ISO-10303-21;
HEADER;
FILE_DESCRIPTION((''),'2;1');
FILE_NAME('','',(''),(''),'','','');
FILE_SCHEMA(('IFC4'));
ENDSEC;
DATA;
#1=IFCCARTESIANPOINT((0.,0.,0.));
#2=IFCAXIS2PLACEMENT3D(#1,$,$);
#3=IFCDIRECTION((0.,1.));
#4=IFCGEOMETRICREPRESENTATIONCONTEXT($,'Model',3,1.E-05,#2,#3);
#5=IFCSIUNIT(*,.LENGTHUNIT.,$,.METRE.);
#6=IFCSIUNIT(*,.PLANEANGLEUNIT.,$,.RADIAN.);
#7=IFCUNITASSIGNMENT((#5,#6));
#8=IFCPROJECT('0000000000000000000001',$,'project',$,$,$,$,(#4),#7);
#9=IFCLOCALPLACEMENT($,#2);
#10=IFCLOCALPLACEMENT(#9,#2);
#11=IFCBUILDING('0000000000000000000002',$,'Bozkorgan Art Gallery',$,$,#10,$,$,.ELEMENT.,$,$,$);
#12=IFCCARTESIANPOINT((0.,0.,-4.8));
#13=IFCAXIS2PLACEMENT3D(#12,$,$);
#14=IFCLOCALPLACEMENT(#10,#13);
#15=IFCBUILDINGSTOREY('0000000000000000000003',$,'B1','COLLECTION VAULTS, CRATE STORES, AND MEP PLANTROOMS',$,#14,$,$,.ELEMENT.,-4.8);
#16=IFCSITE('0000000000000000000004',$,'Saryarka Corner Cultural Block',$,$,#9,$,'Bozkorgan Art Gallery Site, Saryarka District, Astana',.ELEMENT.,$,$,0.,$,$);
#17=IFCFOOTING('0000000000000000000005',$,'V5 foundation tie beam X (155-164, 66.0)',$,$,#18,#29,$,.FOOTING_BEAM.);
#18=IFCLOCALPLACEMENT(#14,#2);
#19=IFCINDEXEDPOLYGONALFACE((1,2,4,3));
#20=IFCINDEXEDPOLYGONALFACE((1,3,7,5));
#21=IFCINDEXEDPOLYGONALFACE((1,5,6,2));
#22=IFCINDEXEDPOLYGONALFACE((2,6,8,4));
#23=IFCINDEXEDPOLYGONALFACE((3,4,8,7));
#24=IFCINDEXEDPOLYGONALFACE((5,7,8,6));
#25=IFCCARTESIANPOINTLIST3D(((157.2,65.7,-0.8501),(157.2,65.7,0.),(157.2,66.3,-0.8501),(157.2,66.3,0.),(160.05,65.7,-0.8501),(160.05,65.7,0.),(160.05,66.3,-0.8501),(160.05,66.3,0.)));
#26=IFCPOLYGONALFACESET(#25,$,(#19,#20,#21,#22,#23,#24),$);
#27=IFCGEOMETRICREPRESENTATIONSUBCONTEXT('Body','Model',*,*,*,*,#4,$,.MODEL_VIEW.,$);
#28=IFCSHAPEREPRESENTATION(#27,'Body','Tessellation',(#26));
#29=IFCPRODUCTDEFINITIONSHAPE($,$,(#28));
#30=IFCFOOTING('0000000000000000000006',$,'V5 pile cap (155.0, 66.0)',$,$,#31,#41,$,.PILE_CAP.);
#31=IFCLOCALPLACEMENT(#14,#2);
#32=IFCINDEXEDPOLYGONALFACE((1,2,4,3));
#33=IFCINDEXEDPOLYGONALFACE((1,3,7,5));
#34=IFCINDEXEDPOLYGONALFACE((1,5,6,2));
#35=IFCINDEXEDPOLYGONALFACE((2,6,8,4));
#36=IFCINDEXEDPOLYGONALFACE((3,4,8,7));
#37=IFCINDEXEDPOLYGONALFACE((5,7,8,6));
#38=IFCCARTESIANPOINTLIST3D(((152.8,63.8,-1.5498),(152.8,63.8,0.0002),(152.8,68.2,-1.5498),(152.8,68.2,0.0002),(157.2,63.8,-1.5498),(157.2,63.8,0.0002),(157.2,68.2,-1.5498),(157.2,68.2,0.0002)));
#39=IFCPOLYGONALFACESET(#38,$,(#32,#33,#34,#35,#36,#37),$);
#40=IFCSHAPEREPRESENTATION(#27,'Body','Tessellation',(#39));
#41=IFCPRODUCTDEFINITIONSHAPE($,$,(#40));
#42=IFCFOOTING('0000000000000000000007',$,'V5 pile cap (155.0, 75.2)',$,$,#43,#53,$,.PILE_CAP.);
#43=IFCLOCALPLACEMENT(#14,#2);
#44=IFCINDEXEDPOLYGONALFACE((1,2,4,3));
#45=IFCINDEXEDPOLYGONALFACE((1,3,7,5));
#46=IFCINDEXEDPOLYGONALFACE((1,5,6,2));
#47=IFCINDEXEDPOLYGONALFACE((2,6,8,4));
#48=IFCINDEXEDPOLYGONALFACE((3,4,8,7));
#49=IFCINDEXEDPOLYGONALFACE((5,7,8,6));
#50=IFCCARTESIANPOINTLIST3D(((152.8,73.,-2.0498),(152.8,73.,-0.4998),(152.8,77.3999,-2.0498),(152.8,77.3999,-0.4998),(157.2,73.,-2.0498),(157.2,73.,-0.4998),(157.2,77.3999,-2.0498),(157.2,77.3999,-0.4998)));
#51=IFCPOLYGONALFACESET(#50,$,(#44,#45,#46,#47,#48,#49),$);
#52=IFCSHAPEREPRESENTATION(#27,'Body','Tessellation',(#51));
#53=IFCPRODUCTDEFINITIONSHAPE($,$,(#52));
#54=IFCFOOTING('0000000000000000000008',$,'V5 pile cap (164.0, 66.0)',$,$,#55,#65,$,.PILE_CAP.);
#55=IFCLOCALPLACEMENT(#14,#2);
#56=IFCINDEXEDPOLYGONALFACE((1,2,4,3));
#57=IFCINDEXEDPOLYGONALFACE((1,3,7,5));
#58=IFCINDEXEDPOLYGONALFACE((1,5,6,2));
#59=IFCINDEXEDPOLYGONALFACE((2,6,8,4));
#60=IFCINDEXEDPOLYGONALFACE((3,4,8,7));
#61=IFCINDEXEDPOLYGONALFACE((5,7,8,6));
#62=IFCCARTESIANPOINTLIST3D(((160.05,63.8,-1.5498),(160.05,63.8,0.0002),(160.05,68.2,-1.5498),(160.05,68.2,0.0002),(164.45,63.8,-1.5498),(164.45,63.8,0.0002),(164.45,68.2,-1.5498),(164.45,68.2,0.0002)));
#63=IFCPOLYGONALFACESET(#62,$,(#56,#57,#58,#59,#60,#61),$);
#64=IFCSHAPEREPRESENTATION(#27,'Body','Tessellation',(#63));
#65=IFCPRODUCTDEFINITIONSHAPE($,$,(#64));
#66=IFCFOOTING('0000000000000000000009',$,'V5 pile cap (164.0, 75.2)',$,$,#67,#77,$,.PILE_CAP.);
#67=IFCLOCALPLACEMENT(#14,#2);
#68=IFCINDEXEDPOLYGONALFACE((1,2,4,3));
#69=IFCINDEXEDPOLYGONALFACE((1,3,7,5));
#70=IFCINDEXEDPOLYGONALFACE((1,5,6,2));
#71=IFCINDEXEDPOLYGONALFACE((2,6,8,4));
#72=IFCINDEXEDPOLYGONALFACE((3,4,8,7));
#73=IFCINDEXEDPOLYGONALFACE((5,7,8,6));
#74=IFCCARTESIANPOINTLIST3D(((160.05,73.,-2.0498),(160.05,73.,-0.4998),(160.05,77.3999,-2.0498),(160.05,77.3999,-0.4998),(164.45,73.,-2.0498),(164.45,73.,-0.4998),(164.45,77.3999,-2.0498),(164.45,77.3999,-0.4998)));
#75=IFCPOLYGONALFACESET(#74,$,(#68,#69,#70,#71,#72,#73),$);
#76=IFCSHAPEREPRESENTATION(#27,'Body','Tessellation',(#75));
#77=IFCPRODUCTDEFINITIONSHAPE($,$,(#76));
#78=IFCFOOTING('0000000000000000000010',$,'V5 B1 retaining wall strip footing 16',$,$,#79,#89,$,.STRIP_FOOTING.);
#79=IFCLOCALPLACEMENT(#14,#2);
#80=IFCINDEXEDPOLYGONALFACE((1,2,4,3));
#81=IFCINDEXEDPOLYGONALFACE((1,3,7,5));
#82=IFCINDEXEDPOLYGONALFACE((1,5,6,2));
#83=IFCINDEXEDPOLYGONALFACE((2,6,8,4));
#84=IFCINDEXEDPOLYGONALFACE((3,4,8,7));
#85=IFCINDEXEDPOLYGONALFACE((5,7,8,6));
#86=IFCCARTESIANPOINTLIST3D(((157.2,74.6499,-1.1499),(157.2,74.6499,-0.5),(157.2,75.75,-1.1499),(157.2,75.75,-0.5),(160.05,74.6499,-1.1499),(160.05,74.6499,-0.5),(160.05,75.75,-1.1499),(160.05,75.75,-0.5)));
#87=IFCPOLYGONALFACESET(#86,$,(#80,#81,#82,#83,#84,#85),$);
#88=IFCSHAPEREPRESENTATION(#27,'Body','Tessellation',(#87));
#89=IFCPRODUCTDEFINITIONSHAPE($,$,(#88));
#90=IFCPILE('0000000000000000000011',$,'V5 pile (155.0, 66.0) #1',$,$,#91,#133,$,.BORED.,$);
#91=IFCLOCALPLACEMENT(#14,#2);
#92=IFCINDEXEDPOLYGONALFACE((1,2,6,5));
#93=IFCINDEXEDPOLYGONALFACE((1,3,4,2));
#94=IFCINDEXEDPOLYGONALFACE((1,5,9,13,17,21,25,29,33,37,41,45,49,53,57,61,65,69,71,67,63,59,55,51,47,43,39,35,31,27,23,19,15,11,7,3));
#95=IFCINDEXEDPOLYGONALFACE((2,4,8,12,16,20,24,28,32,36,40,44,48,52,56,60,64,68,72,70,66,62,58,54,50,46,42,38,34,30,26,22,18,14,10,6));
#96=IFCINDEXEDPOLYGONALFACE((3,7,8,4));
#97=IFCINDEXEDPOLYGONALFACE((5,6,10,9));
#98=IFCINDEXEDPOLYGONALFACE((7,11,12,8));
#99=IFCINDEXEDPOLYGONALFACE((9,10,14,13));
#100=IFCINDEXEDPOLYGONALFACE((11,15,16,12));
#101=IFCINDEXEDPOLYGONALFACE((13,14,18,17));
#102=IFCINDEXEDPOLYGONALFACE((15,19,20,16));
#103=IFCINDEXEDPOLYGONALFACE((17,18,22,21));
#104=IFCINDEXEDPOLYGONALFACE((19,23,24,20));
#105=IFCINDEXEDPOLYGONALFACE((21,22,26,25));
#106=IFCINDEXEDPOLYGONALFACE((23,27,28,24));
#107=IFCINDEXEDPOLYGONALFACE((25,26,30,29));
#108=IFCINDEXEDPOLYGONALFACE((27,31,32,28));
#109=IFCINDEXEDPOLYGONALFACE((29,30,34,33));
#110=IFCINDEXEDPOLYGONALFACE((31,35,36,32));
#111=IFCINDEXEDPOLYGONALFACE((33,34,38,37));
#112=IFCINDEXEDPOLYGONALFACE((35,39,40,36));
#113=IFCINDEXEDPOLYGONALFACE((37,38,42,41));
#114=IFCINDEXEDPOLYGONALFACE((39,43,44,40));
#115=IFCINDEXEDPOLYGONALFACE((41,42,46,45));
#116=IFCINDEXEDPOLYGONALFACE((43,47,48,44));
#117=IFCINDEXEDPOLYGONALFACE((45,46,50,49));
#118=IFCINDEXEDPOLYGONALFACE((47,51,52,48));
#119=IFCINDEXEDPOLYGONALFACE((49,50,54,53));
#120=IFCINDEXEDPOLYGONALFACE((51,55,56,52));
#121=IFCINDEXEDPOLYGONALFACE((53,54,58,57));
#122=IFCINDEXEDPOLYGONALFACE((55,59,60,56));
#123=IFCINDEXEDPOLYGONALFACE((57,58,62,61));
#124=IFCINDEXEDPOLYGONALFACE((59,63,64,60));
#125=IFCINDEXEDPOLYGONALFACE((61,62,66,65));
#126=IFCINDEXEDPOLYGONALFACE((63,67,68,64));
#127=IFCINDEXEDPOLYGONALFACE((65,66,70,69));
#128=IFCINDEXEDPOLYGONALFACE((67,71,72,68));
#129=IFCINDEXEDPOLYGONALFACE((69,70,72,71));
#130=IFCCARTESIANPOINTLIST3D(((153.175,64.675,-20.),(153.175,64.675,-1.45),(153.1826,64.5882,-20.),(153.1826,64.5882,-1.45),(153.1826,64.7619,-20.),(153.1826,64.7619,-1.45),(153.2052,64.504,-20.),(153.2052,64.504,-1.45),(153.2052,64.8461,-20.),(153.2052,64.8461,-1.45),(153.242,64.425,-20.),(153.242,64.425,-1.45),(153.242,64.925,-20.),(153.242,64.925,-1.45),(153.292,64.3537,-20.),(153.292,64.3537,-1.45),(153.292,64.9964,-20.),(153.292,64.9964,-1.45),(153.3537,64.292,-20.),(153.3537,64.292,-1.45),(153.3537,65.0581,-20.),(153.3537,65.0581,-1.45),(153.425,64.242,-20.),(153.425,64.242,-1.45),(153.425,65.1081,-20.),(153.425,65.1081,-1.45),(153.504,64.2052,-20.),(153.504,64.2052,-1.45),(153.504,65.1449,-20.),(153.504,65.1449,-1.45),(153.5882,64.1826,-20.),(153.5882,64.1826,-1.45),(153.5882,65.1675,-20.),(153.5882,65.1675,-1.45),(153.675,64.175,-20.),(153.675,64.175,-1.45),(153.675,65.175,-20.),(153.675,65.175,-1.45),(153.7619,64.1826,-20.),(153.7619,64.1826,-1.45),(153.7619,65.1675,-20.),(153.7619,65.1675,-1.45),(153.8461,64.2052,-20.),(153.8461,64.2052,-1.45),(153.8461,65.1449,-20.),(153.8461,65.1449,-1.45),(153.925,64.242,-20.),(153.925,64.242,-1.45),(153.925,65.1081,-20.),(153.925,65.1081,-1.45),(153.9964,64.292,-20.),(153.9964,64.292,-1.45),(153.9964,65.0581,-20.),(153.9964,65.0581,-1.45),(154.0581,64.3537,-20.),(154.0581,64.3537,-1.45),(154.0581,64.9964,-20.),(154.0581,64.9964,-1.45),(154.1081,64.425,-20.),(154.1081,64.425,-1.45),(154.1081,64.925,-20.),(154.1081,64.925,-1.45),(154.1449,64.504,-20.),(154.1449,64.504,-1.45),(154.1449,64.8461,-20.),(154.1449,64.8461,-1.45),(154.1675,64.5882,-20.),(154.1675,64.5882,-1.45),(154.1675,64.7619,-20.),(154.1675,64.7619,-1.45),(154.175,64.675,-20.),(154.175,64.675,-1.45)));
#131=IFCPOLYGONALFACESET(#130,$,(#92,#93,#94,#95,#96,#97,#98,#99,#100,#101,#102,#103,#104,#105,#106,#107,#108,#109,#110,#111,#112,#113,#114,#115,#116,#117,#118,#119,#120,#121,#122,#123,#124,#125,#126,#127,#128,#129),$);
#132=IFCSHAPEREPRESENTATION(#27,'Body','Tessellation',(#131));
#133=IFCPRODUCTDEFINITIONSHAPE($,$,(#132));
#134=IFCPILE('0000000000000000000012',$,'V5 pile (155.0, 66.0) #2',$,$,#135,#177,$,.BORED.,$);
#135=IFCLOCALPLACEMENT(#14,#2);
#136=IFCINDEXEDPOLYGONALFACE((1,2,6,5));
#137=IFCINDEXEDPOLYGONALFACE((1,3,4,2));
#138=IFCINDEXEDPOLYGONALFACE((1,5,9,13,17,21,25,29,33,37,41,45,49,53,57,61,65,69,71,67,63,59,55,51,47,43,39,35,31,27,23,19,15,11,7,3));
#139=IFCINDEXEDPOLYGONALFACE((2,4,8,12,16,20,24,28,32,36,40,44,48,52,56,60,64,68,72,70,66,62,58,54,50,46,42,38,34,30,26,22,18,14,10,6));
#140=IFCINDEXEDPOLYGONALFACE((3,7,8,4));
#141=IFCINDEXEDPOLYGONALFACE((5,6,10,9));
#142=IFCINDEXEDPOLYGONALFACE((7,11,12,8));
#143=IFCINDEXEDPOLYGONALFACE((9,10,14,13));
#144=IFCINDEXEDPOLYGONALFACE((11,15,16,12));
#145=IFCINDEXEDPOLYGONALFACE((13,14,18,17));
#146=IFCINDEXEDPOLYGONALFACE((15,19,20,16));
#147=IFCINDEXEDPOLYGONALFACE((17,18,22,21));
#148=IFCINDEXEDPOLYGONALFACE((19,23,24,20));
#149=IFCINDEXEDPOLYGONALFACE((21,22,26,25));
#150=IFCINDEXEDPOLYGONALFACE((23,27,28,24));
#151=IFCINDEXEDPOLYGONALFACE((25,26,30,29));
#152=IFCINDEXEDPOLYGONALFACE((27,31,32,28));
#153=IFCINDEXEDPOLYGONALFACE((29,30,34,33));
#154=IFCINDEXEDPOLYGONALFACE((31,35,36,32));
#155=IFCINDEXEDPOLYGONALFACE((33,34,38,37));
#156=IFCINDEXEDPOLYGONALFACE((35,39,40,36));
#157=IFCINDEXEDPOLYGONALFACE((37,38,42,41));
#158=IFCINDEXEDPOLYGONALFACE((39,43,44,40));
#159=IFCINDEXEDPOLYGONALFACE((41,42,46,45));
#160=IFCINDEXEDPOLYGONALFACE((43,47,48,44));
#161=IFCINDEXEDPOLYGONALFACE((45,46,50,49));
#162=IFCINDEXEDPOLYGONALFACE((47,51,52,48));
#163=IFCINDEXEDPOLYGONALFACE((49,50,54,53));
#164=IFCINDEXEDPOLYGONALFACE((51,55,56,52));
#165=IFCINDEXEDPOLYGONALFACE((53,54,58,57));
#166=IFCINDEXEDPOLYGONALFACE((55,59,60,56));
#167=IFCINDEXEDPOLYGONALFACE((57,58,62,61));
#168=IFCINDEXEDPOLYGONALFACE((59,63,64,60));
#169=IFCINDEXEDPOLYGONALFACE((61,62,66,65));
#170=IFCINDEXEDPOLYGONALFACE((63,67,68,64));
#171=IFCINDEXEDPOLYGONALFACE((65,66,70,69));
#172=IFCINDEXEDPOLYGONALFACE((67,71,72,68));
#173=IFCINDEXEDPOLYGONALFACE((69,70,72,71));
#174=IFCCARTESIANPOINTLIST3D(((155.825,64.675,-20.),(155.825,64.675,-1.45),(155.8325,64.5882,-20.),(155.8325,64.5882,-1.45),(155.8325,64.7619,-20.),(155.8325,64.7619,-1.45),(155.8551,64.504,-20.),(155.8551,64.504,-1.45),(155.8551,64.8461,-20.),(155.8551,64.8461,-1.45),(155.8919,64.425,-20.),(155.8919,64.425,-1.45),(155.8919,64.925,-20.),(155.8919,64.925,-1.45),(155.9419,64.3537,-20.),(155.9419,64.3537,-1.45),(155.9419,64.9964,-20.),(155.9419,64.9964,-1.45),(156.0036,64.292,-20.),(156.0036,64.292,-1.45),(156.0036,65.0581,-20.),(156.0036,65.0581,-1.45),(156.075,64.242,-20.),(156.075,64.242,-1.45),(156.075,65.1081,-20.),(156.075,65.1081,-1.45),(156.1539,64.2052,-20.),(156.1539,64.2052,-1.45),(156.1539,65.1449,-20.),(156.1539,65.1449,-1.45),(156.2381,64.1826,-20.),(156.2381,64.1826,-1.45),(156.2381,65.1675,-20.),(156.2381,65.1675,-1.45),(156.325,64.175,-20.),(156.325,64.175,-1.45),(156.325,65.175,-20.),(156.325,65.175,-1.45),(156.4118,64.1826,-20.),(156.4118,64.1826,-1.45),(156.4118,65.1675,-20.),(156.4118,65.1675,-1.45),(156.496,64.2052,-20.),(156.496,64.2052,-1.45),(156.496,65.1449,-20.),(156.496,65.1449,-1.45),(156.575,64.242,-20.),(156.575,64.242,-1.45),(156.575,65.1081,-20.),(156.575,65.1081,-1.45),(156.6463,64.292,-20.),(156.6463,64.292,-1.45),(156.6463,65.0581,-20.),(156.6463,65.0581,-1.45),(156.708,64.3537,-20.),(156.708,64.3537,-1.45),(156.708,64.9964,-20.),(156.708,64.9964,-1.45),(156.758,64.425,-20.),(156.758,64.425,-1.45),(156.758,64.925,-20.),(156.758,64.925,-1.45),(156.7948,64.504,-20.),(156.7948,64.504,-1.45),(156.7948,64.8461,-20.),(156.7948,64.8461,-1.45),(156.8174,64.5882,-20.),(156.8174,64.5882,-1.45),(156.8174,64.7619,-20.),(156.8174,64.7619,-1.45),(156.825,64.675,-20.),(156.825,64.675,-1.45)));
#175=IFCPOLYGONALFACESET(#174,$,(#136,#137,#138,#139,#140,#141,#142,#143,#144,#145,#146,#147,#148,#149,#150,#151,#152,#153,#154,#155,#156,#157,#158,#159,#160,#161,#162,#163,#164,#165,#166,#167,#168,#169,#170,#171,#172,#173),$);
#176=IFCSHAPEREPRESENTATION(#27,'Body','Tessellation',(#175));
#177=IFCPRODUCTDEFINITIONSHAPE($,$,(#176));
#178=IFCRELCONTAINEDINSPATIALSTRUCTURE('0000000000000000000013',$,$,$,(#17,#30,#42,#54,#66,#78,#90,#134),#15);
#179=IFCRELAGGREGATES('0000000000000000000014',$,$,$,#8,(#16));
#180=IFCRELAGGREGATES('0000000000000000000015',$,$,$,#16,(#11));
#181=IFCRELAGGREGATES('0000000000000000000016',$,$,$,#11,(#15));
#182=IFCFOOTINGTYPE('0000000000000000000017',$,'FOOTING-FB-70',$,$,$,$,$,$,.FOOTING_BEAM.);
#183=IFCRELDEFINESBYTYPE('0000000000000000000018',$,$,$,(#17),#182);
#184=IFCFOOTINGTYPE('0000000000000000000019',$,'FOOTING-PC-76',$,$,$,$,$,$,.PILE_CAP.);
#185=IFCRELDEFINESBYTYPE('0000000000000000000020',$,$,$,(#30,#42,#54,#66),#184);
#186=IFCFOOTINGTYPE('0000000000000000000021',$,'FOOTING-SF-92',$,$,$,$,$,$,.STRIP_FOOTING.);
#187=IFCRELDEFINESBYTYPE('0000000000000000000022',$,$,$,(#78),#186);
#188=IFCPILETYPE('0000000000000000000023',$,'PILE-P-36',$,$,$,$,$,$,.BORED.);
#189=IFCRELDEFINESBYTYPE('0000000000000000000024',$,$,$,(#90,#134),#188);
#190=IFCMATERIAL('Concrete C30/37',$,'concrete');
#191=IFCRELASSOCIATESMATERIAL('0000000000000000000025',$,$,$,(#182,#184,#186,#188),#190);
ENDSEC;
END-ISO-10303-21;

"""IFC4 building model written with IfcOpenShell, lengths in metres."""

from ifc_helpers import new_model, si_unit, direction, frame, origin, origin_2d, place, context, subcontext, project, spatial, rectangle, circle, extrude, material, material_profile, profile_set, type_object, element, save


model = new_model("IFC4")

# Units and contexts
model_context = context("Model", 3, precision=1e-05, world=origin(), true_north=direction((0.0, 1.0)))
body_context = subcontext(model_context, "Body", "Model", "MODEL_VIEW")
ifc_project = project(units=[si_unit("LENGTHUNIT", "METRE"), si_unit("PLANEANGLEUNIT", "RADIAN")], contexts=[model_context])

# Site, building, storey
site_placement = place(None, origin())
site = spatial("IfcSite", under=ifc_project, at=site_placement, Name="Saryarka Corner Cultural Block", LongName="Bozkorgan Art Gallery Site, Saryarka District, Astana", CompositionType="ELEMENT", RefElevation=0.0)
building_placement = place(site_placement, origin())
building = spatial("IfcBuilding", under=site, at=building_placement, Name="Bozkorgan Art Gallery", CompositionType="ELEMENT")
storey_placement = place(building_placement, frame((0.0, 0.0, -4.8)))
storey = spatial("IfcBuildingStorey", under=building, at=storey_placement, Name="B1", Description="COLLECTION VAULTS, CRATE STORES, AND MEP PLANTROOMS", CompositionType="ELEMENT", Elevation=-4.8)

# Footings
ifc_material_1 = material(Name="Concrete C30/37", Category="concrete")
ifc_material_profile_1 = material_profile(ifc_material_1, rectangle(XDim=0.6001, YDim=0.8501, at=origin_2d()), Name="FND 600x850")
ifc_profile_set_1 = profile_set([ifc_material_profile_1], Name="Concrete C30/37")
footing_type_1 = type_object("IfcFootingType", Name="FOOTING-FB-70", PredefinedType="FOOTING_BEAM", material=ifc_profile_set_1)
footing_1_placement = place(storey_placement, frame((157.2, 66.0, -0.425), z_axis=(1.0, 0.0, 0.0), x_axis=(0.0, 1.0, 0.0)))
element("IfcFooting", 1, at=footing_1_placement, inside=storey, type_object=footing_type_1, Name="V5 foundation tie beam X (155-164, 66.0)", PredefinedType="FOOTING_BEAM", context=body_context, shape_type="SweptSolid", body=[
    extrude(rectangle(XDim=0.6001, YDim=0.8501, at=origin_2d()), origin(), (0.0, 0.0, 1.0), 2.8501),
])
footing_type_2 = type_object("IfcFootingType", Name="FOOTING-PC-76", PredefinedType="PILE_CAP", material=ifc_material_1)
for number, where, z_axis, x_axis, name in (
    (2, (155.0, 66.0, -1.5498), (0.0, 0.0, 1.0), (1.0, 0.0, 0.0), "V5 pile cap (155.0, 66.0)"),
    (3, (155.0, 75.2, -2.0498), (0.0, 0.0, 1.0), (1.0, 0.0, 0.0), "V5 pile cap (155.0, 75.2)"),
    (4, (162.25, 66.0, -1.5498), (0.0, 0.0, 1.0), (1.0, 0.0, 0.0), "V5 pile cap (164.0, 66.0)"),
    (5, (162.25, 75.2, -2.0498), (0.0, 0.0, 1.0), (1.0, 0.0, 0.0), "V5 pile cap (164.0, 75.2)"),
):
    element("IfcFooting", number, at=place(storey_placement, frame(where, z_axis=z_axis, x_axis=x_axis)), inside=storey, type_object=footing_type_2, Name=name, PredefinedType="PILE_CAP", context=body_context, shape_type="SweptSolid", body=[
        extrude(rectangle(XDim=4.3999, YDim=4.3999, at=origin_2d()), origin(), (0.0, 0.0, 1.0), 1.55),
    ])
ifc_material_profile_2 = material_profile(ifc_material_1, rectangle(XDim=1.1001, YDim=0.6499, at=origin_2d()), Name="FND 1100x650")
ifc_profile_set_2 = profile_set([ifc_material_profile_2], Name="Concrete C30/37")
footing_type_3 = type_object("IfcFootingType", Name="FOOTING-SF-92", PredefinedType="STRIP_FOOTING", material=ifc_profile_set_2)
footing_2_placement = place(storey_placement, frame((157.2, 75.2, -0.825), z_axis=(1.0, 0.0, 0.0), x_axis=(0.0, 1.0, 0.0)))
element("IfcFooting", 6, at=footing_2_placement, inside=storey, type_object=footing_type_3, Name="V5 B1 retaining wall strip footing 16", PredefinedType="STRIP_FOOTING", context=body_context, shape_type="SweptSolid", body=[
    extrude(rectangle(XDim=1.1001, YDim=0.6499, at=origin_2d()), origin(), (0.0, 0.0, 1.0), 2.8501),
])

# Piles
ifc_material_profile_3 = material_profile(ifc_material_1, circle(Radius=0.5, at=origin_2d()), Name="PILE D1000")
ifc_profile_set_3 = profile_set([ifc_material_profile_3], Name="Concrete C30/37")
pile_type = type_object("IfcPileType", Name="PILE-P-36", PredefinedType="BORED", material=ifc_profile_set_3)
for number, where, z_axis, x_axis, name in (
    (7, (153.675, 64.675, -1.45), (0.0, 0.0, -1.0), (1.0, 0.0, 0.0), "V5 pile (155.0, 66.0) #1"),
    (8, (156.325, 64.675, -1.45), (0.0, 0.0, -1.0), (1.0, 0.0, 0.0), "V5 pile (155.0, 66.0) #2"),
):
    element("IfcPile", number, at=place(storey_placement, frame(where, z_axis=z_axis, x_axis=x_axis)), inside=storey, type_object=pile_type, Name=name, PredefinedType="BORED", context=body_context, shape_type="SweptSolid", body=[
        extrude(circle(Radius=0.5, at=origin_2d()), origin(), (0.0, 0.0, 1.0), 18.55),
    ])

save(model, "model.ifc")
